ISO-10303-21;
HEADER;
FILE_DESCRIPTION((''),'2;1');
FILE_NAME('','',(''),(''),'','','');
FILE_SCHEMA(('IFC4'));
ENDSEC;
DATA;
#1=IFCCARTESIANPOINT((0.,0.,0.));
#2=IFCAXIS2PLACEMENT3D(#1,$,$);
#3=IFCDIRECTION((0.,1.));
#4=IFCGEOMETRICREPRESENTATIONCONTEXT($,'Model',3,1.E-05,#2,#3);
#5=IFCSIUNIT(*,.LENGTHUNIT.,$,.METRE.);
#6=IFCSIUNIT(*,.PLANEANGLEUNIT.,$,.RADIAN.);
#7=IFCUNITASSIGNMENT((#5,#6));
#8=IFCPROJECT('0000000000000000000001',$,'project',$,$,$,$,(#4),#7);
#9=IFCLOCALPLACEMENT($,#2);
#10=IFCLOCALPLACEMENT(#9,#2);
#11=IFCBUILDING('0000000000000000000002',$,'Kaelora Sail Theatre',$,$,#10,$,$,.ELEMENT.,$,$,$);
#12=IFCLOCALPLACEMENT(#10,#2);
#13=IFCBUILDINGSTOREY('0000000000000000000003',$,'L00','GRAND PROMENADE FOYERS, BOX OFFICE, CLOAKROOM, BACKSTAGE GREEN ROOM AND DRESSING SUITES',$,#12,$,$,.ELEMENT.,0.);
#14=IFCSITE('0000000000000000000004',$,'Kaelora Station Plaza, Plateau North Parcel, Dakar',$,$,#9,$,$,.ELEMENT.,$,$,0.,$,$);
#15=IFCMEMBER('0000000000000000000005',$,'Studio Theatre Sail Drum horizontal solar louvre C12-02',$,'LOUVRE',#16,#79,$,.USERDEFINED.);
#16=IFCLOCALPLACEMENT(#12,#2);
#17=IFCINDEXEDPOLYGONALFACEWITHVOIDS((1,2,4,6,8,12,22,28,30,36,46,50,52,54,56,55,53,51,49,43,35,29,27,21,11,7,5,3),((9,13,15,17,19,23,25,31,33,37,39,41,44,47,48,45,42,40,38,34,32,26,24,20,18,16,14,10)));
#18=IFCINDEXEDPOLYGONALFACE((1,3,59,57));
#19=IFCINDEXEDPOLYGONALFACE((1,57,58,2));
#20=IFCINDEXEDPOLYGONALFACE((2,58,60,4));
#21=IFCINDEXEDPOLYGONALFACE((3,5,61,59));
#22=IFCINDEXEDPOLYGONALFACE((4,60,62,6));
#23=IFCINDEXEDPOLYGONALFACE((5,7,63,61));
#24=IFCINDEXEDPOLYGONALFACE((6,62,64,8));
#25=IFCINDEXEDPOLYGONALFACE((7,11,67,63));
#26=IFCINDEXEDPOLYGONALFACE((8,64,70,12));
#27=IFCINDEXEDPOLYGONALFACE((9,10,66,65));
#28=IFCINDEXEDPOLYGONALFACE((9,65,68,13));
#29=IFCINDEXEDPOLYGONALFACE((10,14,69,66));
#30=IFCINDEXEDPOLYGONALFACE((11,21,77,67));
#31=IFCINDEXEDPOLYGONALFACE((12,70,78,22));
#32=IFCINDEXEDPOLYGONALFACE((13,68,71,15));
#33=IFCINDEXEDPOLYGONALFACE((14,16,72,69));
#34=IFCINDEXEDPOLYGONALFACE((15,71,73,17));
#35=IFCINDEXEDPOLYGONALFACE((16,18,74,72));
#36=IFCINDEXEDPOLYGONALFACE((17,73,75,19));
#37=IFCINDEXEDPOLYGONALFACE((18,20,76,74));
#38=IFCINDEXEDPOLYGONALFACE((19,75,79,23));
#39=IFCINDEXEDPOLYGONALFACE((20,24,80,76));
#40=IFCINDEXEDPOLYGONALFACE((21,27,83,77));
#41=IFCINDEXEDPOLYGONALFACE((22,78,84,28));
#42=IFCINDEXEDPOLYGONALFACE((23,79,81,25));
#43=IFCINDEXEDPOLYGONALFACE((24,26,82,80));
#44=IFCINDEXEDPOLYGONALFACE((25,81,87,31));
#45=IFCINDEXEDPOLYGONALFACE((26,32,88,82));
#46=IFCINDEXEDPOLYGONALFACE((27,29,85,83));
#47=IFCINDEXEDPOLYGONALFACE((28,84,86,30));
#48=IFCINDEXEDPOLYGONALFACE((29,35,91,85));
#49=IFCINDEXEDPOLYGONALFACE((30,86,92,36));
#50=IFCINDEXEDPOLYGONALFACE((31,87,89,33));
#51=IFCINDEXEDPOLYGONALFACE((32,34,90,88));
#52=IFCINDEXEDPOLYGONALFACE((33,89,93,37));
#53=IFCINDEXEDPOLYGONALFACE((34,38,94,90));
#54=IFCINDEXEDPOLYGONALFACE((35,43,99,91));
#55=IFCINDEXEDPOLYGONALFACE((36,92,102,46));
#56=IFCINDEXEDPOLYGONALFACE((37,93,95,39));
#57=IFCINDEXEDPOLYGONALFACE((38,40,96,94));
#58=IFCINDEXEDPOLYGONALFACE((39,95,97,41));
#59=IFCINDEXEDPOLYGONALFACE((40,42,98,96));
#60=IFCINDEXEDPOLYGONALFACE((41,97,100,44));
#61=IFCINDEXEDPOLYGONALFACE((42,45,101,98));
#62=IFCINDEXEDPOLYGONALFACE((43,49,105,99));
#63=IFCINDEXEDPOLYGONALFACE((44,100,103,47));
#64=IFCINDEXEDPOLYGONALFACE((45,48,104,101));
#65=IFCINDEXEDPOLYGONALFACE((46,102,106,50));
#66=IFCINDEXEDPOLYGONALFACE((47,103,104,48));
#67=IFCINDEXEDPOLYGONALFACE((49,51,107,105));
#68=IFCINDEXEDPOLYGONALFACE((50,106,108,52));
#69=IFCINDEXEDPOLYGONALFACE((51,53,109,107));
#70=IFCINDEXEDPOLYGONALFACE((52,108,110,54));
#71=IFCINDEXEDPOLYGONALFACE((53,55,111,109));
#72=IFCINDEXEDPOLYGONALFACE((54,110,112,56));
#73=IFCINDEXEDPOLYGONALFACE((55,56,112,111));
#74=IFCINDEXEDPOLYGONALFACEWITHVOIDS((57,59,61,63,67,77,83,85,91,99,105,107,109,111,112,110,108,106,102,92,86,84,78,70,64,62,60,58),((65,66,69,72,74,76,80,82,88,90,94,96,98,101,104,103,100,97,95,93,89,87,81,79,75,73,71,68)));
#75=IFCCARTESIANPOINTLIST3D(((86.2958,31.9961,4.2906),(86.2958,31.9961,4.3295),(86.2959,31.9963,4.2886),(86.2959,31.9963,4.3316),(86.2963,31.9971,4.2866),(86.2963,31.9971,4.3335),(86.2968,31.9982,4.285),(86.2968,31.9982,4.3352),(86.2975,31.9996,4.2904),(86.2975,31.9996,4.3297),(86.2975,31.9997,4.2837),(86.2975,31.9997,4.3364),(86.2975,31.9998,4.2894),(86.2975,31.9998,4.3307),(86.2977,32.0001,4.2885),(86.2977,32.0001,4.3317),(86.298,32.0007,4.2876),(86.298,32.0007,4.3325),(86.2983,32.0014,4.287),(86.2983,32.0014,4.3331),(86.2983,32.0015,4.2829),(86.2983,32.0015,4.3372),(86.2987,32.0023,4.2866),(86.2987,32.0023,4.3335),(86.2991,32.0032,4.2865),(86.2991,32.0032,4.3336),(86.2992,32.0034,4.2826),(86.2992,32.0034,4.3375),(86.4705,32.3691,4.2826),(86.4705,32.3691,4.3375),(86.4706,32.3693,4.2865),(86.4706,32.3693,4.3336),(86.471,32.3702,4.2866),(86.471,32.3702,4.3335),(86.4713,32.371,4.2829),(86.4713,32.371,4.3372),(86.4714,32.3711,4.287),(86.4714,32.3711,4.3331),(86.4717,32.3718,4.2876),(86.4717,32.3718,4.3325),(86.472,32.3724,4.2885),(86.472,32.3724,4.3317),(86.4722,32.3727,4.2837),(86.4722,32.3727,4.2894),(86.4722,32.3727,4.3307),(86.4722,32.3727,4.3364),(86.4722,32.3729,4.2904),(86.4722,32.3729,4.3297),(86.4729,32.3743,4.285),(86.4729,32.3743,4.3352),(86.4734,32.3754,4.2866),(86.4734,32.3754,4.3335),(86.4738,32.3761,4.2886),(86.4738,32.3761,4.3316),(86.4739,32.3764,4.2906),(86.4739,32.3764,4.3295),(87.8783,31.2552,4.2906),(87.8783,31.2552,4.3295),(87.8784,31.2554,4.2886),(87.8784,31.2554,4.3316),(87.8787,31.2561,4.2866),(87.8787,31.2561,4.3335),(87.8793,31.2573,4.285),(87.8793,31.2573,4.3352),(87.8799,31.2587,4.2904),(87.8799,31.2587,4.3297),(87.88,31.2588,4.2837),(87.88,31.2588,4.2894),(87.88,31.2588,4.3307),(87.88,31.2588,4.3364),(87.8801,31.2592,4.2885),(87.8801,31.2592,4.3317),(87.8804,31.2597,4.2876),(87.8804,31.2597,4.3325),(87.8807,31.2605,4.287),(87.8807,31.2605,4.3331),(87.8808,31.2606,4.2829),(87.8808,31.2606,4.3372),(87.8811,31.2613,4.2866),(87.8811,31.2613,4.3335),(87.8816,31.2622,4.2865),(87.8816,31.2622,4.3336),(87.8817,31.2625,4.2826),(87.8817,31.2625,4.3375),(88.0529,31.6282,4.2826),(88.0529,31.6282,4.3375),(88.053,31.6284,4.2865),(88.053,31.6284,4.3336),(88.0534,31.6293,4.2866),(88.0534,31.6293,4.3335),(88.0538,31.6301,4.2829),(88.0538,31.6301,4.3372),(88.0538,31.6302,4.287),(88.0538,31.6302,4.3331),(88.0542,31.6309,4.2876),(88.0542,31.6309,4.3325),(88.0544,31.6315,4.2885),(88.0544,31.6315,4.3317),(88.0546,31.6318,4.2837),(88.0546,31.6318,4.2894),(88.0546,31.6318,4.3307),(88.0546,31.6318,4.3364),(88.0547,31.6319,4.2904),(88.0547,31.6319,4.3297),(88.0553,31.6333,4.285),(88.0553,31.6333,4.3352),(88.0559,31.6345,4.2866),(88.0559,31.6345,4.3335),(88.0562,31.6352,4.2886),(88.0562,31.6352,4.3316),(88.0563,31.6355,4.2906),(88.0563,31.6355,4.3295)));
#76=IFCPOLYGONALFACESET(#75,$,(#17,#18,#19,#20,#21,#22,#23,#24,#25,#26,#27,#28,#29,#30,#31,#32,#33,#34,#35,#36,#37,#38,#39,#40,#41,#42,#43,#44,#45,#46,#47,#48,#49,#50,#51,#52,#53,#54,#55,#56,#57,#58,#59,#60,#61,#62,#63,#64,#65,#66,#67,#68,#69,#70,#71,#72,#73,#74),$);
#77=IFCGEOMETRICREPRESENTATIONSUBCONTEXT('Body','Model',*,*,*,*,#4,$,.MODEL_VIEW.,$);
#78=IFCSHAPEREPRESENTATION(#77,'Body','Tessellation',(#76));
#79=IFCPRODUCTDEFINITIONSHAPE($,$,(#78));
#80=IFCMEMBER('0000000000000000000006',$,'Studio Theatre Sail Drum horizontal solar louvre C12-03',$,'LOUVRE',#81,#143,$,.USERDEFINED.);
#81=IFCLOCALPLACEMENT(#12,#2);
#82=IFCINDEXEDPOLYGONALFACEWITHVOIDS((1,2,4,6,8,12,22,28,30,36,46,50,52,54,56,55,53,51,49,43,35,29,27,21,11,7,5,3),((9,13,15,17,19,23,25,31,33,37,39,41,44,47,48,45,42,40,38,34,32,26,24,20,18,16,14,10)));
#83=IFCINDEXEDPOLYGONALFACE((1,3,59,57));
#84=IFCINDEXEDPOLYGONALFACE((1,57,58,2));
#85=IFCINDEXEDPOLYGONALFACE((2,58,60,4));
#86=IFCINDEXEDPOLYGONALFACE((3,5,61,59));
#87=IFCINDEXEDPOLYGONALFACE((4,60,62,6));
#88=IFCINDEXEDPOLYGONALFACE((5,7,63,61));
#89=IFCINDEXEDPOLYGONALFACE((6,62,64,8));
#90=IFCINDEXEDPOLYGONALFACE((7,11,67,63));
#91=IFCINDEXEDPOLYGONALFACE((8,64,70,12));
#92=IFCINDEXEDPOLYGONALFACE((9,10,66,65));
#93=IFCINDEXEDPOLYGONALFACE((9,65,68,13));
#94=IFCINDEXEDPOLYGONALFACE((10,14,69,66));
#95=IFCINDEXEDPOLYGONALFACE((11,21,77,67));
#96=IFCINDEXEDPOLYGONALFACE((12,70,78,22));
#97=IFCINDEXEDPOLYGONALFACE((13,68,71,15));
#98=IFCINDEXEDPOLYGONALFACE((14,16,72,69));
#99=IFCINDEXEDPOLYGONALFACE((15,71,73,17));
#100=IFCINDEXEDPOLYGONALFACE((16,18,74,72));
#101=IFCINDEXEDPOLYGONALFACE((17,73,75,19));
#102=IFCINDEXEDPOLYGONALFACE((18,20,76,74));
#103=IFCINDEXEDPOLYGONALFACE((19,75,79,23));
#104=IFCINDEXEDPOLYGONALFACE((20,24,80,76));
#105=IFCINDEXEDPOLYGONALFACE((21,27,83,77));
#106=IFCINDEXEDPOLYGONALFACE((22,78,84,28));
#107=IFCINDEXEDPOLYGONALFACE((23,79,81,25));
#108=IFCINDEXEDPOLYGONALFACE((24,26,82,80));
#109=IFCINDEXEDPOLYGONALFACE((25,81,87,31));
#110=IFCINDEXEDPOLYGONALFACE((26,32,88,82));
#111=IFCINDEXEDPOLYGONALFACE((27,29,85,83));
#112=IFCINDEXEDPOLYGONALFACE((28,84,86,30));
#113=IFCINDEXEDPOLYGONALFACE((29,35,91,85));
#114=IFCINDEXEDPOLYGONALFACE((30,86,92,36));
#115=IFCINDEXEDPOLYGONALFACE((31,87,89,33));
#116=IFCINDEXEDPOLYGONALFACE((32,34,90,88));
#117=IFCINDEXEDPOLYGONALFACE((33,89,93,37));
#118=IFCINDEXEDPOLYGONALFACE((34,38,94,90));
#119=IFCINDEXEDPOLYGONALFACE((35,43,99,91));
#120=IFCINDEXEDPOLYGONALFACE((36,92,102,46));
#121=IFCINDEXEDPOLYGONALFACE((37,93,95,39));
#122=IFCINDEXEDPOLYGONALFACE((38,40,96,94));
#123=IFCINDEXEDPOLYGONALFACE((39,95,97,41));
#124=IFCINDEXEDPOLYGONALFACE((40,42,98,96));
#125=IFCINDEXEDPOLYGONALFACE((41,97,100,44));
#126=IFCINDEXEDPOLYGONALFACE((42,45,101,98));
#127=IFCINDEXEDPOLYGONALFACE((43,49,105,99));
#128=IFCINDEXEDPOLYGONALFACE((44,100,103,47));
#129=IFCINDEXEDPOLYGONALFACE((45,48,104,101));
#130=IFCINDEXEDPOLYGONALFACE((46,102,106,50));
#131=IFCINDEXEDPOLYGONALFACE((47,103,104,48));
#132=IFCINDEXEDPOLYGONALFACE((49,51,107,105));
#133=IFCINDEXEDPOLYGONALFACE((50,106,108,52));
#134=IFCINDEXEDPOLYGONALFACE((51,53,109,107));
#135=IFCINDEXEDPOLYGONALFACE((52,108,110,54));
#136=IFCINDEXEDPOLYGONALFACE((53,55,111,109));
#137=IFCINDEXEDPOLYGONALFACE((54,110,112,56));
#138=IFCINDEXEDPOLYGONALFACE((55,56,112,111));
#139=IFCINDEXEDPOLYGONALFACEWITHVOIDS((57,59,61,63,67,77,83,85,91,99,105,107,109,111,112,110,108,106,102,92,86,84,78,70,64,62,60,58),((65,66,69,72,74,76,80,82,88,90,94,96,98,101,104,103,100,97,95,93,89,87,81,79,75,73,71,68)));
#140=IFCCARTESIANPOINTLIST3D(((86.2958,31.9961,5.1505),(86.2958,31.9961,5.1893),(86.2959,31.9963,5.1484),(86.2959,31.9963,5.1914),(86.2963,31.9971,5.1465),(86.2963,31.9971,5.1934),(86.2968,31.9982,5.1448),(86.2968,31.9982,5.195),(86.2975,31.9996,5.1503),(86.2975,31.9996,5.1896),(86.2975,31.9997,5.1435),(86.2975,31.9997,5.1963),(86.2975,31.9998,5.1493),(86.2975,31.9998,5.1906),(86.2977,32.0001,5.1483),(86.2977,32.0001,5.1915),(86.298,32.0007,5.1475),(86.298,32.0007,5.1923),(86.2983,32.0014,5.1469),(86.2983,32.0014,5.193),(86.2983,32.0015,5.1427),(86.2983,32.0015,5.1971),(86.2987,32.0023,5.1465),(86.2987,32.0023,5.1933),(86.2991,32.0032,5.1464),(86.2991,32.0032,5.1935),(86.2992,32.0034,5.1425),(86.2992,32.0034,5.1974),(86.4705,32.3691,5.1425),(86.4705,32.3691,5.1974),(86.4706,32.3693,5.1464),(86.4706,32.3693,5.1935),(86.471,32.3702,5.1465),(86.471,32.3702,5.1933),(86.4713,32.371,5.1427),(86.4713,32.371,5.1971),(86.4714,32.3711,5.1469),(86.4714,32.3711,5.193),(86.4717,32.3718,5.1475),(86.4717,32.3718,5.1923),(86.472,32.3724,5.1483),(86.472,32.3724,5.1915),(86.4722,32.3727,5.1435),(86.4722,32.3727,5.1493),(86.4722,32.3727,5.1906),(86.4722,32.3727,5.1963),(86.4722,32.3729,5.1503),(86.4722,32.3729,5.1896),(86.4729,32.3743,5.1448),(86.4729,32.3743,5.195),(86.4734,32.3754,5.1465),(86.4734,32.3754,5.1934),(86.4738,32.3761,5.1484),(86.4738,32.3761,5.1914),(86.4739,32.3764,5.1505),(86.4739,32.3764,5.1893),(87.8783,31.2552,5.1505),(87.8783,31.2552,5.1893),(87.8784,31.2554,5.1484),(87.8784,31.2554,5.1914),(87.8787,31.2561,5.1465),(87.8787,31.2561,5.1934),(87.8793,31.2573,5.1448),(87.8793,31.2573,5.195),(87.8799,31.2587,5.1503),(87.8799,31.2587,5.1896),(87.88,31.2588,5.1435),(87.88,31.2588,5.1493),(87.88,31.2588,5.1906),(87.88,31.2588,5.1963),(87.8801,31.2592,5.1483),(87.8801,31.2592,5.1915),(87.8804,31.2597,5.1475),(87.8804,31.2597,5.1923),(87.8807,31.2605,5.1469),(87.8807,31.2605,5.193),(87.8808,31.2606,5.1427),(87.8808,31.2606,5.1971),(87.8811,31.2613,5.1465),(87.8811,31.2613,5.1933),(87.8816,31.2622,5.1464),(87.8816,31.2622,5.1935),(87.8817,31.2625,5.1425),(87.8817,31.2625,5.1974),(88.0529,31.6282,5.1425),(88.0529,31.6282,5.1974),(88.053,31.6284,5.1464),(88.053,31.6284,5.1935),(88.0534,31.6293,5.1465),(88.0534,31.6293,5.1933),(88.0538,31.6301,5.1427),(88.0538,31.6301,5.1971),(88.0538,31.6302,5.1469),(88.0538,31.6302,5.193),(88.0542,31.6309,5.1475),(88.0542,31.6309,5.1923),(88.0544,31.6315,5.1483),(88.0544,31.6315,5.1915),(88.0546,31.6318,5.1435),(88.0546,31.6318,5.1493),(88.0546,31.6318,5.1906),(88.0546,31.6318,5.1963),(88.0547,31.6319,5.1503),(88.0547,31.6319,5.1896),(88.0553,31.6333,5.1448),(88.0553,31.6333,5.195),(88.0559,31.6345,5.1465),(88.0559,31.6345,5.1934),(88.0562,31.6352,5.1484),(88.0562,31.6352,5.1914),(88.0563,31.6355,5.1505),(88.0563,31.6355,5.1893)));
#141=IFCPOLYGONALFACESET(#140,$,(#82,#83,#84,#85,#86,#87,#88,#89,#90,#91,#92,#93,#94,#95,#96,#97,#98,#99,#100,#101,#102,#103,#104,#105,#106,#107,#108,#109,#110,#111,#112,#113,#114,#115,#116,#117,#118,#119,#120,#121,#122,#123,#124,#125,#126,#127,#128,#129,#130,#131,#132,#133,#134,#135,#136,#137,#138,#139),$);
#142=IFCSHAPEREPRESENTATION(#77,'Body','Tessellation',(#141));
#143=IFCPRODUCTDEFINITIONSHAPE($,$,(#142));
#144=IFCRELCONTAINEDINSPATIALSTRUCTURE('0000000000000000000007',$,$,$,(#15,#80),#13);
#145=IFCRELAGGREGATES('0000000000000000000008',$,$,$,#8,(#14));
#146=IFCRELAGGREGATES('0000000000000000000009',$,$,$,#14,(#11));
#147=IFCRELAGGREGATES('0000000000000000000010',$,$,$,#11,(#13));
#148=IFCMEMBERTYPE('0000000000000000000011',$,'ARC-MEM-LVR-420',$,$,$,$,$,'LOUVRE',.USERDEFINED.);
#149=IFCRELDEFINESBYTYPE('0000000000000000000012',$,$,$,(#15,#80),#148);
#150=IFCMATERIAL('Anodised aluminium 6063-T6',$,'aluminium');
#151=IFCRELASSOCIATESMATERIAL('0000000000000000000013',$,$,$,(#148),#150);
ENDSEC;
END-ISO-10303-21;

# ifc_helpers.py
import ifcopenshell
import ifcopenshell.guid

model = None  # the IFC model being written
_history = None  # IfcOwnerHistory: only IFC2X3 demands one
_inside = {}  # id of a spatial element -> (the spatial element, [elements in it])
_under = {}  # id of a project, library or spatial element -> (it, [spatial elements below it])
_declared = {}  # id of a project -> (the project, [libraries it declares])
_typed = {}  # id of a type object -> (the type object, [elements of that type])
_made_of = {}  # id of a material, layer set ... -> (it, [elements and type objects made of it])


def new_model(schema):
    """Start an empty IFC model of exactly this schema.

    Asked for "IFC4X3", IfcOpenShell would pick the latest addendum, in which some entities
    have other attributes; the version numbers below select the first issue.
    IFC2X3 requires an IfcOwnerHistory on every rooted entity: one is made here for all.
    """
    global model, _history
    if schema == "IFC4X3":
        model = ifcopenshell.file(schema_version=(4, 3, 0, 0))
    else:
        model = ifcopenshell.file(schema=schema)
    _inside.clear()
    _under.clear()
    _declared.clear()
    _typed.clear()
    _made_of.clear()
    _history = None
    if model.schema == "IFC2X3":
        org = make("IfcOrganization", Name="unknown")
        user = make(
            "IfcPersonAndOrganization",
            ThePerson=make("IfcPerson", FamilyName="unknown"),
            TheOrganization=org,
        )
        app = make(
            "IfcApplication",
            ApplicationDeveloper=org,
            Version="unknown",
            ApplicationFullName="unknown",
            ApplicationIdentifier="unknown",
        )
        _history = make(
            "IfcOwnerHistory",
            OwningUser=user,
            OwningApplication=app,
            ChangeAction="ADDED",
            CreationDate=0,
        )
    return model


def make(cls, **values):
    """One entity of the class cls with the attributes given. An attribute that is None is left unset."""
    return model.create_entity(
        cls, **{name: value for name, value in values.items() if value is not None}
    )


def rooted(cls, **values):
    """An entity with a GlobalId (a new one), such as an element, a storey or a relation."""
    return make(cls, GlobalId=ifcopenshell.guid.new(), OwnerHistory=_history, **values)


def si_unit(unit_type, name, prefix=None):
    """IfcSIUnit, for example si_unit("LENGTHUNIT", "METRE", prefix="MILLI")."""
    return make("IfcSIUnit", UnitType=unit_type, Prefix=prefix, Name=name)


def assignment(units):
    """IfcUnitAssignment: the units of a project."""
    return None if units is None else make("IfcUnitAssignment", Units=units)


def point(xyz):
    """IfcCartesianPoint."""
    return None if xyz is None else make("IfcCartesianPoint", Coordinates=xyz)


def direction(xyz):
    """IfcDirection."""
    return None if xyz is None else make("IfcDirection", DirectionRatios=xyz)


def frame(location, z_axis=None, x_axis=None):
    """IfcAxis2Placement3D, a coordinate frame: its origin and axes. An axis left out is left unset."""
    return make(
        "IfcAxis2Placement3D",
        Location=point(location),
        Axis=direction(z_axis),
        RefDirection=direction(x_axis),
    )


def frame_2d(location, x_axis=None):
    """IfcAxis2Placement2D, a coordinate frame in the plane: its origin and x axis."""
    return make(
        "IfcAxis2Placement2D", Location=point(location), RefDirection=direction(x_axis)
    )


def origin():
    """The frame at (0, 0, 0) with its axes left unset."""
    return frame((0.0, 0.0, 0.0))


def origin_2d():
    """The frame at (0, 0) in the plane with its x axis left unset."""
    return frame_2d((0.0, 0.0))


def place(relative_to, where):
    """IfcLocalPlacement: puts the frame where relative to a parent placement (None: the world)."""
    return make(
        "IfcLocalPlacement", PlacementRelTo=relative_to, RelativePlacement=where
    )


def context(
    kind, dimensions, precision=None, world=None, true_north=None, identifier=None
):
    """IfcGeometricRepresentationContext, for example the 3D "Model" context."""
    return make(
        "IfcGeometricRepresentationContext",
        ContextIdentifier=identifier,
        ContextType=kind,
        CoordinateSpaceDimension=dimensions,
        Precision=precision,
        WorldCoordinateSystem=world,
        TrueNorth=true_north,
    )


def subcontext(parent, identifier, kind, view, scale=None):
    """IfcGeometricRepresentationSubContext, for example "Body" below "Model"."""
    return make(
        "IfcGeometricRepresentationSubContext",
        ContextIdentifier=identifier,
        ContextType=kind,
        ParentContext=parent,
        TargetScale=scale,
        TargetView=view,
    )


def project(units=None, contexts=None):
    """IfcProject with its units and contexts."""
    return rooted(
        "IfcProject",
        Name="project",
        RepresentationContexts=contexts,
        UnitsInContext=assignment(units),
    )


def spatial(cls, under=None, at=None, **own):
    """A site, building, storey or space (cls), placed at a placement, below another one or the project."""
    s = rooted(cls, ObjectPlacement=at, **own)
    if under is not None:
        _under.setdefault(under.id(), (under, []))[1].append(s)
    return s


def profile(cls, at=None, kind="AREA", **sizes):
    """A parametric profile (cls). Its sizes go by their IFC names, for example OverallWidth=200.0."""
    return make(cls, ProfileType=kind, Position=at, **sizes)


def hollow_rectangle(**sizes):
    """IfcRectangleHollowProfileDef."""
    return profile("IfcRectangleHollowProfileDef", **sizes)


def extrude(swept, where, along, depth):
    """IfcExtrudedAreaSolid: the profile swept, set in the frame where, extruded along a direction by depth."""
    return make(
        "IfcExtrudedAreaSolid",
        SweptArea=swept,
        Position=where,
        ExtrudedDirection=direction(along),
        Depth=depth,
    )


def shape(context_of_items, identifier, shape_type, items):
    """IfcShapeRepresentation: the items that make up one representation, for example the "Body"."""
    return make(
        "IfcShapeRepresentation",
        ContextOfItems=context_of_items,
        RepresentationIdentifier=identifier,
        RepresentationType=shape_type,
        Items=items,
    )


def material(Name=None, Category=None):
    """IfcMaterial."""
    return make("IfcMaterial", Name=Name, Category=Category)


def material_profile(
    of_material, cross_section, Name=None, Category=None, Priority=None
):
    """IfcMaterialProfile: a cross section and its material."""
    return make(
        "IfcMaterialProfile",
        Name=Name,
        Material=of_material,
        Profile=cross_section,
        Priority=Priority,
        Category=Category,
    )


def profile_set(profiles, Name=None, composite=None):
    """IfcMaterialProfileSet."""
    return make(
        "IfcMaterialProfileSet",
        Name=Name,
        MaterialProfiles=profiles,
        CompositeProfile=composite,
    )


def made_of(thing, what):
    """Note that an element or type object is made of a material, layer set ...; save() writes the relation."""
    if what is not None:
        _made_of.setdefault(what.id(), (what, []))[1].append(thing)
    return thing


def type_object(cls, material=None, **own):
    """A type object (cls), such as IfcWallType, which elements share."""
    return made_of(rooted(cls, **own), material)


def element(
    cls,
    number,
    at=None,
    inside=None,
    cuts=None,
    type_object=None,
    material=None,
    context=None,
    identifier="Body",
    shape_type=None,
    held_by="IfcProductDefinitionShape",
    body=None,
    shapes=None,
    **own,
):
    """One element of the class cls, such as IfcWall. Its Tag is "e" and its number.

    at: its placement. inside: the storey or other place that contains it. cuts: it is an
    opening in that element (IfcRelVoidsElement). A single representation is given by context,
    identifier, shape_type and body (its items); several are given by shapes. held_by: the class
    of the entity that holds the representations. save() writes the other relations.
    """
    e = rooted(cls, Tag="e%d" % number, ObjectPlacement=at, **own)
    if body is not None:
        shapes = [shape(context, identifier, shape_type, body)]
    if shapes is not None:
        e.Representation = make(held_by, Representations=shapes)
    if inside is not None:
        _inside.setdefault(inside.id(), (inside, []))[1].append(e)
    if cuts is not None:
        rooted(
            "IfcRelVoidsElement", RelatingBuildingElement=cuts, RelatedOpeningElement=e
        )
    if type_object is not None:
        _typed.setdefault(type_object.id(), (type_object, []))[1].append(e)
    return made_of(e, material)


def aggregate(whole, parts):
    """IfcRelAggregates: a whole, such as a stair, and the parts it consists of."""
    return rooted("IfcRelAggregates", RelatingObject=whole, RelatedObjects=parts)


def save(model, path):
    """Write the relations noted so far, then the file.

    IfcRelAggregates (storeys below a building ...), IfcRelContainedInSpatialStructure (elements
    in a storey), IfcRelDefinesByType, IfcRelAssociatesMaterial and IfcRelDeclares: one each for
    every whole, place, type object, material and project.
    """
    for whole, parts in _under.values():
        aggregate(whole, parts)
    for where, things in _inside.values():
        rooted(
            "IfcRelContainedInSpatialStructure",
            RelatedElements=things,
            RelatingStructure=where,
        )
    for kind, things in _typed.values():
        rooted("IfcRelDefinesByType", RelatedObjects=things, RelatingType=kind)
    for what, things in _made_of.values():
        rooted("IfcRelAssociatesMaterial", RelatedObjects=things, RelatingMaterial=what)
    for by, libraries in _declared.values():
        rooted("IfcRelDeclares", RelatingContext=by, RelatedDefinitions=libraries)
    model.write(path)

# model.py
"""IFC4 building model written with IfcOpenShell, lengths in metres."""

from ifc_helpers import new_model, si_unit, direction, frame, origin, origin_2d, place, context, subcontext, project, spatial, hollow_rectangle, extrude, material, material_profile, profile_set, type_object, element, save


model = new_model("IFC4")

# Units and contexts
model_context = context("Model", 3, precision=1e-05, world=origin(), true_north=direction((0.0, 1.0)))
body_context = subcontext(model_context, "Body", "Model", "MODEL_VIEW")
ifc_project = project(units=[si_unit("LENGTHUNIT", "METRE"), si_unit("PLANEANGLEUNIT", "RADIAN")], contexts=[model_context])

# Site, building, storey
site_placement = place(None, origin())
site = spatial("IfcSite", under=ifc_project, at=site_placement, Name="Kaelora Station Plaza, Plateau North Parcel, Dakar", CompositionType="ELEMENT", RefElevation=0.0)
building_placement = place(site_placement, origin())
building = spatial("IfcBuilding", under=site, at=building_placement, Name="Kaelora Sail Theatre", CompositionType="ELEMENT")
storey_placement = place(building_placement, origin())
storey = spatial("IfcBuildingStorey", under=building, at=storey_placement, Name="L00", Description="GRAND PROMENADE FOYERS, BOX OFFICE, CLOAKROOM, BACKSTAGE GREEN ROOM AND DRESSING SUITES", CompositionType="ELEMENT", Elevation=0.0)

# Members
ifc_material_1 = material(Name="Anodised aluminium 6063-T6", Category="aluminium")
ifc_material_profile_1 = material_profile(ifc_material_1, hollow_rectangle(XDim=0.4199, YDim=0.0549, WallThickness=0.0039, InnerFilletRadius=0.0039, OuterFilletRadius=0.0081, at=origin_2d()), Name="LOUVRE 420x55x4")
ifc_profile_set_1 = profile_set([ifc_material_profile_1], Name="Anodised aluminium 6063-T6")
member_type_1 = type_object("IfcMemberType", Name="ARC-MEM-LVR-420", ElementType="LOUVRE", PredefinedType="USERDEFINED", material=ifc_profile_set_1)
for number, where, z_axis, x_axis, name in (
    (1, (87.9673, 31.4453, 4.3101), (-0.905643, 0.42404, 0.0), (-0.42404, -0.905643, 0.0), "Studio Theatre Sail Drum horizontal solar louvre C12-02"),
    (2, (87.9673, 31.4453, 5.1699), (-0.905643, 0.42404, 0.0), (-0.42404, -0.905643, 0.0), "Studio Theatre Sail Drum horizontal solar louvre C12-03"),
):
    element("IfcMember", number, at=place(storey_placement, frame(where, z_axis=z_axis, x_axis=x_axis)), inside=storey, type_object=member_type_1, Name=name, ObjectType="LOUVRE", PredefinedType="USERDEFINED", context=body_context, shape_type="SweptSolid", body=[
        extrude(hollow_rectangle(XDim=0.4199, YDim=0.0549, WallThickness=0.0039, InnerFilletRadius=0.0039, OuterFilletRadius=0.0081, at=origin_2d()), origin(), (0.0, 0.0, 1.0), 1.7473),
    ])

save(model, "model.ifc")
